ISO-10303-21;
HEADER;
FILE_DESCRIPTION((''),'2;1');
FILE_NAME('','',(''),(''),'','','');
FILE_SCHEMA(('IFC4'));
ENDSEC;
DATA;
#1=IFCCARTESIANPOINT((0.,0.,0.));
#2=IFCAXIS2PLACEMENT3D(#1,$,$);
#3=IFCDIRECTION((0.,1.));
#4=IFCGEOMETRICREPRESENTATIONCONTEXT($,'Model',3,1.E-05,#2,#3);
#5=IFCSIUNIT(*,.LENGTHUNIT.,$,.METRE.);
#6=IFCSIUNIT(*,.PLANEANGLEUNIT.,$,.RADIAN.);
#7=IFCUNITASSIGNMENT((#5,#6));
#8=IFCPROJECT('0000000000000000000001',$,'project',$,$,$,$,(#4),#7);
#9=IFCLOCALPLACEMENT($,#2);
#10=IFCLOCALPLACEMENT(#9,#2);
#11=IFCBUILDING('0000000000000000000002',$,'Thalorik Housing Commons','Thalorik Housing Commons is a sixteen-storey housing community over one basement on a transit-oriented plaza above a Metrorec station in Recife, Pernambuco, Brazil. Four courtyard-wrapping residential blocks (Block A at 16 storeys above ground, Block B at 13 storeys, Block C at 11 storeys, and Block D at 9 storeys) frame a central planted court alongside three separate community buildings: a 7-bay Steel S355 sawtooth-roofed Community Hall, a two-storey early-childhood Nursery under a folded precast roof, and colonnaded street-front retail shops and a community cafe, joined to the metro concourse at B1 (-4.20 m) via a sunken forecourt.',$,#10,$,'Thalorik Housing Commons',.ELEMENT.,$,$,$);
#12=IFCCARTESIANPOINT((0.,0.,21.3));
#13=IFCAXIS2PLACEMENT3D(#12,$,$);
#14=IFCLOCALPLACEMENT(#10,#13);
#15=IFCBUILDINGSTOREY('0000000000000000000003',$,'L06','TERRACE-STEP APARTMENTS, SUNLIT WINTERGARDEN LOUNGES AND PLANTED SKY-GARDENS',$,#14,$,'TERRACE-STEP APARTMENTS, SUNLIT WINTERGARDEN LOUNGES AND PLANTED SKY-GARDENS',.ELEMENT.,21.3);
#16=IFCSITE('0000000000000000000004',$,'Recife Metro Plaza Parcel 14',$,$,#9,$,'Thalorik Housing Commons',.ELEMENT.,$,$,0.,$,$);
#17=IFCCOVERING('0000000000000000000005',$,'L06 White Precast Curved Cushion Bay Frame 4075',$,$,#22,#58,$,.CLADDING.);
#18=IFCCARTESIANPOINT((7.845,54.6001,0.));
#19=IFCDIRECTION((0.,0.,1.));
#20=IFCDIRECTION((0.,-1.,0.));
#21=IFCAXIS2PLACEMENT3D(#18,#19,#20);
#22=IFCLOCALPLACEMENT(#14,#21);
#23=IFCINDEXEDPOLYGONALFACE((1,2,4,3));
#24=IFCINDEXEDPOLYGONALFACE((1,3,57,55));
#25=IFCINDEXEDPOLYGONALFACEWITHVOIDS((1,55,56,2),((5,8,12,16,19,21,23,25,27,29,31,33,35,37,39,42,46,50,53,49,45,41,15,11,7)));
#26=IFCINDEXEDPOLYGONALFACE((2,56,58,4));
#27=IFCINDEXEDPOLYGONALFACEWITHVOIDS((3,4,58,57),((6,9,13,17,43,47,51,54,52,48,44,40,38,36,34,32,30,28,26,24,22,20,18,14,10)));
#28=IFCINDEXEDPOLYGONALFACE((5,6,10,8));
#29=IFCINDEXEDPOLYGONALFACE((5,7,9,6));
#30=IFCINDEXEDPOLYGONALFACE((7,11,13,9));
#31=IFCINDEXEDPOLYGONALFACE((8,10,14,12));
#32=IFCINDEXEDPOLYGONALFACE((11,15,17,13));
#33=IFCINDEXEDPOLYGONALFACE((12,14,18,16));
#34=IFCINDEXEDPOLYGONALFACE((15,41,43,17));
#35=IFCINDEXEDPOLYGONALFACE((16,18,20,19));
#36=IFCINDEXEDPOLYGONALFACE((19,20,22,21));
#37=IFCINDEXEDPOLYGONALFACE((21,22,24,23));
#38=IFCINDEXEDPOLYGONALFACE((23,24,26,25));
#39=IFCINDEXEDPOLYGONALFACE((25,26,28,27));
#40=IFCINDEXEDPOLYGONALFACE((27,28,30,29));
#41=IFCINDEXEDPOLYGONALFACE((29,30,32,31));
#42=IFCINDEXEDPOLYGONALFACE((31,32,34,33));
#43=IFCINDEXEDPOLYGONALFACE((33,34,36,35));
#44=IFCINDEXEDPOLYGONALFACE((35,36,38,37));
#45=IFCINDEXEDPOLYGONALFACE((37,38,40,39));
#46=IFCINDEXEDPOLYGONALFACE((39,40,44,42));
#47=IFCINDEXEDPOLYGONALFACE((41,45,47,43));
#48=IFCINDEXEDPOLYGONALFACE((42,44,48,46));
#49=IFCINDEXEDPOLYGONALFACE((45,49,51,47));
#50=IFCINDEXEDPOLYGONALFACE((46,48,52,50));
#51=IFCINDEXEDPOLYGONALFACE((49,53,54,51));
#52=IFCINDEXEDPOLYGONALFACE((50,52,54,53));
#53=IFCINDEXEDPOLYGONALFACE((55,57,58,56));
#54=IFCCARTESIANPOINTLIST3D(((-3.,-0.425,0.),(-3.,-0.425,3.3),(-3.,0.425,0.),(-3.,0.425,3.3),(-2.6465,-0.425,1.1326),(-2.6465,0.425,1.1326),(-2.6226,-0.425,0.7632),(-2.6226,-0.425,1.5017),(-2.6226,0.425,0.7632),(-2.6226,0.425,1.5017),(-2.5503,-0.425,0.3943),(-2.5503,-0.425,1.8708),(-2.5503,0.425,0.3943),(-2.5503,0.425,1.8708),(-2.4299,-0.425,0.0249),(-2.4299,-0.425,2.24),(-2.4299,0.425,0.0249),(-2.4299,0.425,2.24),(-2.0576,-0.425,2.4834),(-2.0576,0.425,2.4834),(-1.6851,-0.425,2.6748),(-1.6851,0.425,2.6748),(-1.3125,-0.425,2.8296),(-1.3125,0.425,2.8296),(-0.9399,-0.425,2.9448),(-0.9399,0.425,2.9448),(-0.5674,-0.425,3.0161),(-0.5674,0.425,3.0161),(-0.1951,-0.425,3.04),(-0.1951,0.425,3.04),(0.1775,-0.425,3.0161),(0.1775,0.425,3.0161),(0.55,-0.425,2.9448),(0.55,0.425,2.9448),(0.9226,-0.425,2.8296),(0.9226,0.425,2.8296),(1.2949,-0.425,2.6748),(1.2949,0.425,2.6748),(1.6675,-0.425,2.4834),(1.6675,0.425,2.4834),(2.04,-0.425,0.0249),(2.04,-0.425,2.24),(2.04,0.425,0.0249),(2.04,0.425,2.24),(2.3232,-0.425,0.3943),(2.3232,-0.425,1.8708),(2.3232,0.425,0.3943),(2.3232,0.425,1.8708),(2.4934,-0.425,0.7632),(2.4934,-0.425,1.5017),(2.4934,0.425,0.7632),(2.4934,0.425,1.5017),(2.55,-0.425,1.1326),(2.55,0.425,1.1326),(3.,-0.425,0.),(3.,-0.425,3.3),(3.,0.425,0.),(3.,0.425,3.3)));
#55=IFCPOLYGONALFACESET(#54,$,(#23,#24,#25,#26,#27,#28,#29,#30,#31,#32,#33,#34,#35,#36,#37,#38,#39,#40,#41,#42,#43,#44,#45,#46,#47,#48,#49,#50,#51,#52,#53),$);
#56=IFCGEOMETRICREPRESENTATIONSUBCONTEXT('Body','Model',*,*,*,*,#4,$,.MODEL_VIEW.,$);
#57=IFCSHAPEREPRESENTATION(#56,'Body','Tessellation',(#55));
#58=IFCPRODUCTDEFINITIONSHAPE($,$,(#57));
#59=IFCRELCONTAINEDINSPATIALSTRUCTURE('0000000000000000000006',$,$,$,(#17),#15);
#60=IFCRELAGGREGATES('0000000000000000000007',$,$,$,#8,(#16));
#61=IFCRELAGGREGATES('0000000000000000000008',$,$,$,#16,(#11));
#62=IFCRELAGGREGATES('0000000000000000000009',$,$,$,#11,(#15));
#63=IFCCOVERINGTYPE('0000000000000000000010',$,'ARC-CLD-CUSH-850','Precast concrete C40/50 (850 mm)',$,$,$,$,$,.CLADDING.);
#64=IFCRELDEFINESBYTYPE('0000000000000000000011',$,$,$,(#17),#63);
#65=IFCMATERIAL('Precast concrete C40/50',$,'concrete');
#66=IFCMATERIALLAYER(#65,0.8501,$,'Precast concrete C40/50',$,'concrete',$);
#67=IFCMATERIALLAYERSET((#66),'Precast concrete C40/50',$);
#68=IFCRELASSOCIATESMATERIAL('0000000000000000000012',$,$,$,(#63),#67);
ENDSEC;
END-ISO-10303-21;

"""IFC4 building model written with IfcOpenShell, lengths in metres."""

from ifc_helpers import new_model, si_unit, direction, frame, origin, place, context, subcontext, project, spatial, polyline, outline, extrude, material, layer, layer_set, type_object, element, save


model = new_model("IFC4")

# Units and contexts
model_context = context("Model", 3, precision=1e-05, world=origin(), true_north=direction((0.0, 1.0)))
body_context = subcontext(model_context, "Body", "Model", "MODEL_VIEW")
ifc_project = project(units=[si_unit("LENGTHUNIT", "METRE"), si_unit("PLANEANGLEUNIT", "RADIAN")], contexts=[model_context])

# Site, building, storey
site_placement = place(None, origin())
site = spatial("IfcSite", under=ifc_project, at=site_placement, Name="Recife Metro Plaza Parcel 14", LongName="Thalorik Housing Commons", CompositionType="ELEMENT", RefElevation=0.0)
building_placement = place(site_placement, origin())
building = spatial("IfcBuilding", under=site, at=building_placement, Name="Thalorik Housing Commons", Description="Thalorik Housing Commons is a sixteen-storey housing community over one basement on a transit-oriented plaza above a Metrorec station in Recife, Pernambuco, Brazil. Four courtyard-wrapping residential blocks (Block A at 16 storeys above ground, Block B at 13 storeys, Block C at 11 storeys, and Block D at 9 storeys) frame a central planted court alongside three separate community buildings: a 7-bay Steel S355 sawtooth-roofed Community Hall, a two-storey early-childhood Nursery under a folded precast roof, and colonnaded street-front retail shops and a community cafe, joined to the metro concourse at B1 (-4.20 m) via a sunken forecourt.", LongName="Thalorik Housing Commons", CompositionType="ELEMENT")
storey_placement = place(building_placement, frame((0.0, 0.0, 21.3)))
storey = spatial("IfcBuildingStorey", under=building, at=storey_placement, Name="L06", Description="TERRACE-STEP APARTMENTS, SUNLIT WINTERGARDEN LOUNGES AND PLANTED SKY-GARDENS", LongName="TERRACE-STEP APARTMENTS, SUNLIT WINTERGARDEN LOUNGES AND PLANTED SKY-GARDENS", CompositionType="ELEMENT", Elevation=21.3)

# Shared definitions
ifc_material_1 = material(Name="Precast concrete C40/50", Category="concrete")

# Covering
ifc_layer_1 = layer(ifc_material_1, 0.8501, Name="Precast concrete C40/50", Category="concrete")
ifc_layer_set_1 = layer_set([ifc_layer_1], Name="Precast concrete C40/50")
covering_type_1 = type_object("IfcCoveringType", Name="ARC-CLD-CUSH-850", Description="Precast concrete C40/50 (850 mm)", PredefinedType="CLADDING", material=ifc_layer_set_1)
covering_1_placement = place(storey_placement, frame((7.845, 54.6001, 0.0), z_axis=(0.0, 0.0, 1.0), x_axis=(0.0, -1.0, 0.0)))
element("IfcCovering", 1, at=covering_1_placement, inside=storey, type_object=covering_type_1, Name="L06 White Precast Curved Cushion Bay Frame 4075", PredefinedType="CLADDING", context=body_context, shape_type="SweptSolid", body=[
    extrude(outline(polyline([(-3.0, 0.0), (3.0, 0.0), (3.0, 3.3), (-3.0, 3.3), (-3.0, 0.0)]), holes=[polyline([(2.04, 0.0249), (2.3232, 0.3943), (2.4934, 0.7632), (2.55, 1.1326), (2.4934, 1.5017), (2.3232, 1.8708), (2.04, 2.24), (1.6675, 2.4834), (1.2949, 2.6748), (0.9226, 2.8296), (0.55, 2.9448), (0.1775, 3.0161), (-0.1951, 3.04), (-0.5674, 3.0161), (-0.9399, 2.9448), (-1.3125, 2.8296), (-1.6851, 2.6748), (-2.0576, 2.4834), (-2.4299, 2.24), (-2.5503, 1.8708), (-2.6226, 1.5017), (-2.6465, 1.1326), (-2.6226, 0.7632), (-2.5503, 0.3943), (-2.4299, 0.0249), (2.04, 0.0249)])]), frame((0.0, 0.425, 0.0), z_axis=(0.0, -1.0, 0.0), x_axis=(1.0, 0.0, 0.0)), (0.0, 0.0, 1.0), 0.8501),
])

save(model, "model.ifc")
